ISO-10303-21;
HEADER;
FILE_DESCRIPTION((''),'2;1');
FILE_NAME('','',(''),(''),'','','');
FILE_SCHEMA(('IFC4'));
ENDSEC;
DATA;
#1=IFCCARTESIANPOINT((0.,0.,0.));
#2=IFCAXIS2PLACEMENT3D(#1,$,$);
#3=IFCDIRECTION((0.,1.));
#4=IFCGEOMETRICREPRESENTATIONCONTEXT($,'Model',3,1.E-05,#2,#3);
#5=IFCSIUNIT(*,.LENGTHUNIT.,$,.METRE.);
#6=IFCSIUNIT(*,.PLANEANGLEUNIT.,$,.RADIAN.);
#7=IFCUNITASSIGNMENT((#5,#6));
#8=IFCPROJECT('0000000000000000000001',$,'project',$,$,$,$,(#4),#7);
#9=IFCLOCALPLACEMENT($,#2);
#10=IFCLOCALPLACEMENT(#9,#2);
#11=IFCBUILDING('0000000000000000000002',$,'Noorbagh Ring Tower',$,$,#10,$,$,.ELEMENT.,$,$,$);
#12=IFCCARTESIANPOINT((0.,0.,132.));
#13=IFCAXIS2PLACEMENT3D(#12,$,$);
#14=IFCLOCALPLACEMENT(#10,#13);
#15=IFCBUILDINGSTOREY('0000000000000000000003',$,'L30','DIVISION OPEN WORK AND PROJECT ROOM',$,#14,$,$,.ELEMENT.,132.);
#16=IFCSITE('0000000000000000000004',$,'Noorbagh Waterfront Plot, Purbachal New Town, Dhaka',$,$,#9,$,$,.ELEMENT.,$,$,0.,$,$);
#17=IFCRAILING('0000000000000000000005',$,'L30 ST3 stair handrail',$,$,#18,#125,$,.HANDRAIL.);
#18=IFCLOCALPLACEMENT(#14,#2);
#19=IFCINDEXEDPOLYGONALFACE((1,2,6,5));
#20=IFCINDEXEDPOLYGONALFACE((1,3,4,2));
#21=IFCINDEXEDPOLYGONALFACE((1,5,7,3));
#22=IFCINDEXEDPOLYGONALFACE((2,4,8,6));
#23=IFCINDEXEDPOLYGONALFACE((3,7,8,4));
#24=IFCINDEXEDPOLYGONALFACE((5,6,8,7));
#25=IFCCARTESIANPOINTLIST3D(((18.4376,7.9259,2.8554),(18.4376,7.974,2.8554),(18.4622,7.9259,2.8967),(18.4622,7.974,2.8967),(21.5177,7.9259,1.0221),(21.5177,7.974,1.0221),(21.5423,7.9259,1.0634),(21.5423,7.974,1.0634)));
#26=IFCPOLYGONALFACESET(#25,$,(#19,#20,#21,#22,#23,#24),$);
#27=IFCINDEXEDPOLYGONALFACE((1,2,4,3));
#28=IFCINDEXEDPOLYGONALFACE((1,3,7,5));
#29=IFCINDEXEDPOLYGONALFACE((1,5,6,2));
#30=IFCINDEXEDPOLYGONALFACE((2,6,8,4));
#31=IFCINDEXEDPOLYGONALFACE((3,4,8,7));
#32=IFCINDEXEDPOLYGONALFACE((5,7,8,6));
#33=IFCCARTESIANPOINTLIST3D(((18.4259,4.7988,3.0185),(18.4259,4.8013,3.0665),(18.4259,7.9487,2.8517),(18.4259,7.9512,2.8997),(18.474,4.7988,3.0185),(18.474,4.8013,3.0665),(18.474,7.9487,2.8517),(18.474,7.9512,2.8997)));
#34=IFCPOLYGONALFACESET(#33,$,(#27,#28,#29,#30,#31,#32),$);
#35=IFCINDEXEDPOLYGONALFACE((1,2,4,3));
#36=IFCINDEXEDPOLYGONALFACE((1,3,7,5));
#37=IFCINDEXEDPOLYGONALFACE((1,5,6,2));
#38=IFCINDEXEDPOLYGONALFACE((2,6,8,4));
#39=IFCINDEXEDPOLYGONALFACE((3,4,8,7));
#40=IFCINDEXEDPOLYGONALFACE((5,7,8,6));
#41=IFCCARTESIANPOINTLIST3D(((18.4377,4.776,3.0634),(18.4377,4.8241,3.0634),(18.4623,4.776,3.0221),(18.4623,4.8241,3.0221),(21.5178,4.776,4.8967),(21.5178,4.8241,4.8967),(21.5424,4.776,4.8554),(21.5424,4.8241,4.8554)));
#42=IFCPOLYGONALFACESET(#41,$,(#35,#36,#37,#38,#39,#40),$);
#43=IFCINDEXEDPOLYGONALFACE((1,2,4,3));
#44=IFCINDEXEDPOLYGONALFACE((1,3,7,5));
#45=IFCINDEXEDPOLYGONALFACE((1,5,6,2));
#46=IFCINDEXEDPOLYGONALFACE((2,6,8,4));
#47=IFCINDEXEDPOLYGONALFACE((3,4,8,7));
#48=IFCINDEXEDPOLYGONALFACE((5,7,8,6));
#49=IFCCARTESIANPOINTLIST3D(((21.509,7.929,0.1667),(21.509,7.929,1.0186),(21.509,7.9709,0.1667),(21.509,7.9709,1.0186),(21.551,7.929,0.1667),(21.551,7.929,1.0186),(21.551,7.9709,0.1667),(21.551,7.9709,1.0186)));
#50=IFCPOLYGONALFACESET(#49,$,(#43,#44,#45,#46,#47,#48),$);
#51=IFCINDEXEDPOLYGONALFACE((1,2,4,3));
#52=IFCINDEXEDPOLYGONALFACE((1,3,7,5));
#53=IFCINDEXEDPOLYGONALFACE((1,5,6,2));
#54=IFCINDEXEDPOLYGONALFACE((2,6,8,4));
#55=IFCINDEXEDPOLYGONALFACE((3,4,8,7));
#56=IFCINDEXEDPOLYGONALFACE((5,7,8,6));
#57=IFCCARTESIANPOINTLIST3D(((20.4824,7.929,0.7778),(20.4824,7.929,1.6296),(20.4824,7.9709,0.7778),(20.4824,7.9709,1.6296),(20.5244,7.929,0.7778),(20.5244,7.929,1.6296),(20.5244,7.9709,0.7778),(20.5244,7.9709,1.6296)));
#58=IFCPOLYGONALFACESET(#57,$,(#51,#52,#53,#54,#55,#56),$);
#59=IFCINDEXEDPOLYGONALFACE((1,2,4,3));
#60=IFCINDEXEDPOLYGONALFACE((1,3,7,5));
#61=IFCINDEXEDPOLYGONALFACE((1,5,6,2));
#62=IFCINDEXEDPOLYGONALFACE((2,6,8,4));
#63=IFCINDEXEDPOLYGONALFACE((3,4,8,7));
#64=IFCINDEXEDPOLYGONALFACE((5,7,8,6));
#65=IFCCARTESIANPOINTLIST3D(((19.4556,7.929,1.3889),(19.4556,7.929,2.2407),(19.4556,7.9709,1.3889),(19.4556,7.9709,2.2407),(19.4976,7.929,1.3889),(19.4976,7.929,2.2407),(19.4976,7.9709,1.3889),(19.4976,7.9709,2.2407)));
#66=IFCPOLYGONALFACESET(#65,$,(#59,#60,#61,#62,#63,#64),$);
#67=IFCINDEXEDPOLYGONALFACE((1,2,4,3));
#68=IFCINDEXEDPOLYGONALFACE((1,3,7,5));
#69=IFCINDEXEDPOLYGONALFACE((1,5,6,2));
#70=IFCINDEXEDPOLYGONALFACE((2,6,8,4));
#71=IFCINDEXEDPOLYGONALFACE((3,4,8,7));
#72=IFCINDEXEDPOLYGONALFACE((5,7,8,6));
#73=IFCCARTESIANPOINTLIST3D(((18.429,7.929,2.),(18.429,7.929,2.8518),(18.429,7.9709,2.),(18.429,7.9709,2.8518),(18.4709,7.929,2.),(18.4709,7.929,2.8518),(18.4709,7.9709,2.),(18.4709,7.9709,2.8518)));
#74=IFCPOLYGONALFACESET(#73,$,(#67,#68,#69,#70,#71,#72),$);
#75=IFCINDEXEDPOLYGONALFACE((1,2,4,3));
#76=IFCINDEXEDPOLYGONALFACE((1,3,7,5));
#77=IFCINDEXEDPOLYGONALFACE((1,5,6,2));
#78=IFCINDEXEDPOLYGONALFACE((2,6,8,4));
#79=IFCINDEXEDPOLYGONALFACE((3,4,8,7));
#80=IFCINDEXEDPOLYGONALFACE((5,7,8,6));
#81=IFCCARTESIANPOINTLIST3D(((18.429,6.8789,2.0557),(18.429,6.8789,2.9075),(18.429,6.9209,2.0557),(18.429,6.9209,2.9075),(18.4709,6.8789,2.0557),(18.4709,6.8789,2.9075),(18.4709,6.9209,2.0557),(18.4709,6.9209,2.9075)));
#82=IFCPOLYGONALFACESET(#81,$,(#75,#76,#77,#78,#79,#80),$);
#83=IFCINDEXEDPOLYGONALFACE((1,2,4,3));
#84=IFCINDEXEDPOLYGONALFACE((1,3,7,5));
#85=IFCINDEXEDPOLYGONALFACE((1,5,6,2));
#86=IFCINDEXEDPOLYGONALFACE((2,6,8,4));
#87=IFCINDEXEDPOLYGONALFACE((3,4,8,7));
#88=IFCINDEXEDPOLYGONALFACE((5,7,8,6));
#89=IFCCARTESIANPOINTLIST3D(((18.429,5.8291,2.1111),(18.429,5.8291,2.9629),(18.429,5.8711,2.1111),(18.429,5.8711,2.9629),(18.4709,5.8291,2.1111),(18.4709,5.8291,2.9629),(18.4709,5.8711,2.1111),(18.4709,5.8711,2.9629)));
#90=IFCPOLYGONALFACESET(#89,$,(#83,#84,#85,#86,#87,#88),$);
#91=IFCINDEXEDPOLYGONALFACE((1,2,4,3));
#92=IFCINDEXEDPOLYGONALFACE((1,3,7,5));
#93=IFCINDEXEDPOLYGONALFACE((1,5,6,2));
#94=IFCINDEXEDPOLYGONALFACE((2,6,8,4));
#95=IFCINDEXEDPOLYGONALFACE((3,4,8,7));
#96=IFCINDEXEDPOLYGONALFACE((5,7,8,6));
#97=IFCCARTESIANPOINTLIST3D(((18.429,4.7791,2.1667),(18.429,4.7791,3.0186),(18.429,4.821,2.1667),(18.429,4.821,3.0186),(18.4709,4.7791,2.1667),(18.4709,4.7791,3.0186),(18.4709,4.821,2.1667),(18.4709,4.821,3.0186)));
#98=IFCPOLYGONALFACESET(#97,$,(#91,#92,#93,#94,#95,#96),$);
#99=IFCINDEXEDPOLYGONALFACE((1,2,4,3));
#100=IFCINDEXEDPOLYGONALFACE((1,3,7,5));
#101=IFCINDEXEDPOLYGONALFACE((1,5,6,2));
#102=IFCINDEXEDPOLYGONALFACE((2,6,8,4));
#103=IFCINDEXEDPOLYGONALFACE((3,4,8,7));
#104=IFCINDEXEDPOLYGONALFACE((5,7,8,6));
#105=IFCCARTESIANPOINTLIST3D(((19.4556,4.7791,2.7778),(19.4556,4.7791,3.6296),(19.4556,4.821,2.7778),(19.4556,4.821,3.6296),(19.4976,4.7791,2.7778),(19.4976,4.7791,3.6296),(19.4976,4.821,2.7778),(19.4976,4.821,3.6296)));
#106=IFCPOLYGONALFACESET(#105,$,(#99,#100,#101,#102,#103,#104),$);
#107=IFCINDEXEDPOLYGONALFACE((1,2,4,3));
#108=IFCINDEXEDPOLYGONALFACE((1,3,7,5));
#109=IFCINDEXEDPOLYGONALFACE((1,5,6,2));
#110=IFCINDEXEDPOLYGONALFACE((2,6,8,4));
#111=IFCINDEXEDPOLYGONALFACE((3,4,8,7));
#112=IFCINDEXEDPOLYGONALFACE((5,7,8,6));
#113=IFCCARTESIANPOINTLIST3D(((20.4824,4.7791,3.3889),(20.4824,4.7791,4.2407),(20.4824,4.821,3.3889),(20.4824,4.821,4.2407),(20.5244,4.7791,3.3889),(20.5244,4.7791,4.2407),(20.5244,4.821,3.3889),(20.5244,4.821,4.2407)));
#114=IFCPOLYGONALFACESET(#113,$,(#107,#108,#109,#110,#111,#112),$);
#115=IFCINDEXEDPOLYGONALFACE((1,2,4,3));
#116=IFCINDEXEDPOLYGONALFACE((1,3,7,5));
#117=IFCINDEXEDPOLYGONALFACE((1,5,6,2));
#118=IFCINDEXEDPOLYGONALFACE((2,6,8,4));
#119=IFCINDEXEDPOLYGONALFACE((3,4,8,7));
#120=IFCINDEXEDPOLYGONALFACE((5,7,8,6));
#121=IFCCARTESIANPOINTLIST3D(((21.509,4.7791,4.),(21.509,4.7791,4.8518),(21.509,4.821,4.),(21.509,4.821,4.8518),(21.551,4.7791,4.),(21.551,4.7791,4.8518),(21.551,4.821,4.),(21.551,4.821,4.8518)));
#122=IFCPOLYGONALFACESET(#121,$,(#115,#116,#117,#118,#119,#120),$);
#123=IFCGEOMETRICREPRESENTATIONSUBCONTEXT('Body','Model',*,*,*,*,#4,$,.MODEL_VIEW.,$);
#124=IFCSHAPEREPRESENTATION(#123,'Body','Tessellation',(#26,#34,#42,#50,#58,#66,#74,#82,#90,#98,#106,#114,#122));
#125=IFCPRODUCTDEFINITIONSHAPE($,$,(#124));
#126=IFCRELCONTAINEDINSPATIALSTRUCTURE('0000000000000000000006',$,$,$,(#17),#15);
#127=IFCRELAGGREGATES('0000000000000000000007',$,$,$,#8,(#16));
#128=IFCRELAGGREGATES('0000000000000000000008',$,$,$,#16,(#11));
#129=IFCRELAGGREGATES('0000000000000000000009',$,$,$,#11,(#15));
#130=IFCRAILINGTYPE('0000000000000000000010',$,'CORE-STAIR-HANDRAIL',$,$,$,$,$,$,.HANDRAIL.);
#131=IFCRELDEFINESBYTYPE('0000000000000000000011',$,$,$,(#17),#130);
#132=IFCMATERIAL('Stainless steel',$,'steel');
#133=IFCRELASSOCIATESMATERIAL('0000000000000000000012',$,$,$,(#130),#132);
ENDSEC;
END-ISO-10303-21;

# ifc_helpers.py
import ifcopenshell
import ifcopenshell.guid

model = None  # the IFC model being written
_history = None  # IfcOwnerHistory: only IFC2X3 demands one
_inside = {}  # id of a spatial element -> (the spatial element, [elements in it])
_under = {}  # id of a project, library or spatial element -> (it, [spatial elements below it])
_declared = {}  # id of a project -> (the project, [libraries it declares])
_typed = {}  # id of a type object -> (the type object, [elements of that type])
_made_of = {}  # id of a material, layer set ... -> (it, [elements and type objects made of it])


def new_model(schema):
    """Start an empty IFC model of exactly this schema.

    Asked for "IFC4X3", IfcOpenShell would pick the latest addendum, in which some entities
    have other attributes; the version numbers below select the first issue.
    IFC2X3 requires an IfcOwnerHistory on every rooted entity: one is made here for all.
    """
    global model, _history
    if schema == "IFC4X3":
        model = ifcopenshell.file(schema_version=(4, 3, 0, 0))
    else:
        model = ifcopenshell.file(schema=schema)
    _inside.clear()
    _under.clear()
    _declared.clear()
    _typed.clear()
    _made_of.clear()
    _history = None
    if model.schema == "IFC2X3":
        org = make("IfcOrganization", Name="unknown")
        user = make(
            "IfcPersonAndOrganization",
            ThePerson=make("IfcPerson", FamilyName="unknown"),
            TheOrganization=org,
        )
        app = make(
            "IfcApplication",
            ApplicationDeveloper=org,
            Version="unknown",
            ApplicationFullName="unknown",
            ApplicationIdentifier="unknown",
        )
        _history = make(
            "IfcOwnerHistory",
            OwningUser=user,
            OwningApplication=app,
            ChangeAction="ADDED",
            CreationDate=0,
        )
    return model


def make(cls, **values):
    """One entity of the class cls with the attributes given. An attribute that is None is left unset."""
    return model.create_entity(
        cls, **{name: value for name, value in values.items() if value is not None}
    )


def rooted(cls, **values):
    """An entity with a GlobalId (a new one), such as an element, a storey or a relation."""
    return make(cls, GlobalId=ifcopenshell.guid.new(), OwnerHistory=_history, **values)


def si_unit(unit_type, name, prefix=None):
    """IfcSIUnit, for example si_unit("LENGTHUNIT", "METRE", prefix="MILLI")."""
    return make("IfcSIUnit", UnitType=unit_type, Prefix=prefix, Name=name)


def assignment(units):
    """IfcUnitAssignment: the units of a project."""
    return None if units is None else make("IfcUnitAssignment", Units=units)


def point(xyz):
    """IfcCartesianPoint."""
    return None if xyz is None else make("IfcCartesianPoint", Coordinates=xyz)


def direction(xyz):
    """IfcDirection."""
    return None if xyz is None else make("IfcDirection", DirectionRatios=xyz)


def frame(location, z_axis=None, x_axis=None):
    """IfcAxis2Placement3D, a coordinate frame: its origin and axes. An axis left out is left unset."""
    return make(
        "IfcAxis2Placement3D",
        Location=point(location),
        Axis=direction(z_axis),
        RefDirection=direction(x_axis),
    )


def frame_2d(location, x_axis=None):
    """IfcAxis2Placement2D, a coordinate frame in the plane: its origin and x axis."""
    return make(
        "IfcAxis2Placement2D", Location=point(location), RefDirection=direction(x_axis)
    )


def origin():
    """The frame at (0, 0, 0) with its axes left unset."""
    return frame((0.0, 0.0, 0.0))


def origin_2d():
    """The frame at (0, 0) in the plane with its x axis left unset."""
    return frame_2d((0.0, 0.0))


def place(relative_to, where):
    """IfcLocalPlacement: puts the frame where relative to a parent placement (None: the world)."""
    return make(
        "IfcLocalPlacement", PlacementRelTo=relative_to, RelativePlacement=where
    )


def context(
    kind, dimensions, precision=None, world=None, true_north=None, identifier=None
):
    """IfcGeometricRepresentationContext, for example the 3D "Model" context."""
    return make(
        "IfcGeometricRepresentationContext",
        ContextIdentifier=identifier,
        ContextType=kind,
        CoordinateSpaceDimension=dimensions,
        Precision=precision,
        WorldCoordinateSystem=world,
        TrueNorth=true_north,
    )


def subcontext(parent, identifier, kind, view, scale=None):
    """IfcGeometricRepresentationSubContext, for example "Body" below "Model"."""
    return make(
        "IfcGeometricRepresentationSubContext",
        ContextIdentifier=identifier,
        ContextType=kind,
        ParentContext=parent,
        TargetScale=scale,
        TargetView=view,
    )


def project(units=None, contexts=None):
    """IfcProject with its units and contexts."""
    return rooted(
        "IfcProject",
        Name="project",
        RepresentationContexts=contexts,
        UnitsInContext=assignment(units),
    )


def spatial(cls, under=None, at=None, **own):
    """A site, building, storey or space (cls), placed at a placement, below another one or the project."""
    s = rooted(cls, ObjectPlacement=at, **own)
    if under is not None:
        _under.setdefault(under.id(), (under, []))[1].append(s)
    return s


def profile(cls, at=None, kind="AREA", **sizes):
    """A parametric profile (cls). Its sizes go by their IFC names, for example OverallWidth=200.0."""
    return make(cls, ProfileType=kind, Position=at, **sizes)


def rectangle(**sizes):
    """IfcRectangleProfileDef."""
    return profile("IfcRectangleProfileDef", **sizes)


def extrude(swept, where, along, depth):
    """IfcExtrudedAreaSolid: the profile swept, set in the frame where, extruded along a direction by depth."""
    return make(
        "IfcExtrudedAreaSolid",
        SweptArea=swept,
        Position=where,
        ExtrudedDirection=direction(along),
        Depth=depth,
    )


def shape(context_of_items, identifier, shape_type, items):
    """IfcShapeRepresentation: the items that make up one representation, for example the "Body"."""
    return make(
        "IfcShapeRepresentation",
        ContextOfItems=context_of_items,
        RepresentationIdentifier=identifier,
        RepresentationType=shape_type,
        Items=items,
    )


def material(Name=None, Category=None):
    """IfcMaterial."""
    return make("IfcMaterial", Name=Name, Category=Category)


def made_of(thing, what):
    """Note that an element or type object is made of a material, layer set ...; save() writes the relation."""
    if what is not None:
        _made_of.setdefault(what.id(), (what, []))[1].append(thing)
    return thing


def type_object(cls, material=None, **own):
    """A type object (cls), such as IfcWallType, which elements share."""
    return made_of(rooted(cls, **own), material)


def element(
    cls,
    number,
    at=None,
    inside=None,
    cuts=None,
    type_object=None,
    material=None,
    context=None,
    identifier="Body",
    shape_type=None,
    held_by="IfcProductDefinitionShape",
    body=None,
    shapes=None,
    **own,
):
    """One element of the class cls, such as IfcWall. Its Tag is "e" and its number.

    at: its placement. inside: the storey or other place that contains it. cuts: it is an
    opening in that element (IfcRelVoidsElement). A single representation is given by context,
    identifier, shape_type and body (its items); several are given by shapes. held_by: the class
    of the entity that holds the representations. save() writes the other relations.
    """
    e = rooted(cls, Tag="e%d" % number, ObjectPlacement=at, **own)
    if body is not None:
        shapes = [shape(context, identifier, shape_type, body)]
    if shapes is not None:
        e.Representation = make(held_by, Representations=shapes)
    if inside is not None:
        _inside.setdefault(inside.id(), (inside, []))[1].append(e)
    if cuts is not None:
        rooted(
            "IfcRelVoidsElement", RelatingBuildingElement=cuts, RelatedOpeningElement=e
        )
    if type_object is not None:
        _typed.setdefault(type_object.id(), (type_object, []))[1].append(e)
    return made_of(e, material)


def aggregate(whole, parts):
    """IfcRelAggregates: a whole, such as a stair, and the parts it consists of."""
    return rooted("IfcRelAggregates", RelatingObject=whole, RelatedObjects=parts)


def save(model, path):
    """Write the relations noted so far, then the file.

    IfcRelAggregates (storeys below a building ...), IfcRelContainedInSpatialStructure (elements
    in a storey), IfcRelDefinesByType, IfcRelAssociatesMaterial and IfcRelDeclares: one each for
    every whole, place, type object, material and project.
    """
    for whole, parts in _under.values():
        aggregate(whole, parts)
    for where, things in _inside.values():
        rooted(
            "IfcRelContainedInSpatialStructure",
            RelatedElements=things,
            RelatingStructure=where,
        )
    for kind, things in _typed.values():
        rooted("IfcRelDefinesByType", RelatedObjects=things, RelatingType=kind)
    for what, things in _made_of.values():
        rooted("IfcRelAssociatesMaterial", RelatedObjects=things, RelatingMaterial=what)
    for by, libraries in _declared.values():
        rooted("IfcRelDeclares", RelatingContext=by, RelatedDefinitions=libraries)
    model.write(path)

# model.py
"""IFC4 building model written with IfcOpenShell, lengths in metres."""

from ifc_helpers import new_model, si_unit, direction, frame, origin, origin_2d, place, context, subcontext, project, spatial, rectangle, extrude, material, type_object, element, save


model = new_model("IFC4")

# Units and contexts
model_context = context("Model", 3, precision=1e-05, world=origin(), true_north=direction((0.0, 1.0)))
body_context = subcontext(model_context, "Body", "Model", "MODEL_VIEW")
ifc_project = project(units=[si_unit("LENGTHUNIT", "METRE"), si_unit("PLANEANGLEUNIT", "RADIAN")], contexts=[model_context])

# Site, building, storey
site_placement = place(None, origin())
site = spatial("IfcSite", under=ifc_project, at=site_placement, Name="Noorbagh Waterfront Plot, Purbachal New Town, Dhaka", CompositionType="ELEMENT", RefElevation=0.0)
building_placement = place(site_placement, origin())
building = spatial("IfcBuilding", under=site, at=building_placement, Name="Noorbagh Ring Tower", CompositionType="ELEMENT")
storey_placement = place(building_placement, frame((0.0, 0.0, 132.0)))
storey = spatial("IfcBuildingStorey", under=building, at=storey_placement, Name="L30", Description="DIVISION OPEN WORK AND PROJECT ROOM", CompositionType="ELEMENT", Elevation=132.0)

# Railing
ifc_material_1 = material(Name="Stainless steel", Category="steel")
railing_type_1 = type_object("IfcRailingType", Name="CORE-STAIR-HANDRAIL", PredefinedType="HANDRAIL", material=ifc_material_1)
railing_1_placement = place(storey_placement, frame((21.53, 7.95, 0.1667)))
element("IfcRailing", 1, at=railing_1_placement, inside=storey, type_object=railing_type_1, Name="L30 ST3 stair handrail", PredefinedType="HANDRAIL", context=body_context, shape_type="SweptSolid", body=[
    extrude(rectangle(XDim=0.0481, YDim=0.0481, at=origin_2d()), frame((0.0, 0.0, 0.876), z_axis=(-0.859309, 0.0, 0.511458), x_axis=(0.0, -1.0, 0.0)), (0.0, 0.0, 1.0), 3.5845),
    extrude(rectangle(XDim=0.0481, YDim=0.0481, at=origin_2d()), frame((-3.0801, 0.0, 2.709), z_axis=(0.0, -0.998602, 0.052864), x_axis=(1.0, 0.0, 0.0)), (0.0, 0.0, 1.0), 3.1543),
    extrude(rectangle(XDim=0.0481, YDim=0.0481, at=origin_2d()), frame((-3.0801, -3.1499, 2.876), z_axis=(0.859309, 0.0, 0.511458), x_axis=(0.0, 1.0, 0.0)), (0.0, 0.0, 1.0), 3.5845),
    extrude(rectangle(XDim=0.042, YDim=0.042, at=origin_2d()), origin(), (0.0, 0.0, 1.0), 0.8518),
    extrude(rectangle(XDim=0.042, YDim=0.042, at=origin_2d()), frame((-1.0266, 0.0, 0.6111)), (0.0, 0.0, 1.0), 0.8518),
    extrude(rectangle(XDim=0.042, YDim=0.042, at=origin_2d()), frame((-2.0535, 0.0, 1.2222)), (0.0, 0.0, 1.0), 0.8518),
    extrude(rectangle(XDim=0.042, YDim=0.042, at=origin_2d()), frame((-3.0801, 0.0, 1.8333)), (0.0, 0.0, 1.0), 0.8518),
    extrude(rectangle(XDim=0.042, YDim=0.042, at=origin_2d()), frame((-3.0801, -1.05, 1.8889)), (0.0, 0.0, 1.0), 0.8518),
    extrude(rectangle(XDim=0.042, YDim=0.042, at=origin_2d()), frame((-3.0801, -2.0999, 1.9443)), (0.0, 0.0, 1.0), 0.8518),
    extrude(rectangle(XDim=0.042, YDim=0.042, at=origin_2d()), frame((-3.0801, -3.1499, 2.0)), (0.0, 0.0, 1.0), 0.8518),
    extrude(rectangle(XDim=0.042, YDim=0.042, at=origin_2d()), frame((-2.0535, -3.1499, 2.6111)), (0.0, 0.0, 1.0), 0.8518),
    extrude(rectangle(XDim=0.042, YDim=0.042, at=origin_2d()), frame((-1.0266, -3.1499, 3.2222)), (0.0, 0.0, 1.0), 0.8518),
    extrude(rectangle(XDim=0.042, YDim=0.042, at=origin_2d()), frame((0.0, -3.1499, 3.8333)), (0.0, 0.0, 1.0), 0.8518),
])

save(model, "model.ifc")
